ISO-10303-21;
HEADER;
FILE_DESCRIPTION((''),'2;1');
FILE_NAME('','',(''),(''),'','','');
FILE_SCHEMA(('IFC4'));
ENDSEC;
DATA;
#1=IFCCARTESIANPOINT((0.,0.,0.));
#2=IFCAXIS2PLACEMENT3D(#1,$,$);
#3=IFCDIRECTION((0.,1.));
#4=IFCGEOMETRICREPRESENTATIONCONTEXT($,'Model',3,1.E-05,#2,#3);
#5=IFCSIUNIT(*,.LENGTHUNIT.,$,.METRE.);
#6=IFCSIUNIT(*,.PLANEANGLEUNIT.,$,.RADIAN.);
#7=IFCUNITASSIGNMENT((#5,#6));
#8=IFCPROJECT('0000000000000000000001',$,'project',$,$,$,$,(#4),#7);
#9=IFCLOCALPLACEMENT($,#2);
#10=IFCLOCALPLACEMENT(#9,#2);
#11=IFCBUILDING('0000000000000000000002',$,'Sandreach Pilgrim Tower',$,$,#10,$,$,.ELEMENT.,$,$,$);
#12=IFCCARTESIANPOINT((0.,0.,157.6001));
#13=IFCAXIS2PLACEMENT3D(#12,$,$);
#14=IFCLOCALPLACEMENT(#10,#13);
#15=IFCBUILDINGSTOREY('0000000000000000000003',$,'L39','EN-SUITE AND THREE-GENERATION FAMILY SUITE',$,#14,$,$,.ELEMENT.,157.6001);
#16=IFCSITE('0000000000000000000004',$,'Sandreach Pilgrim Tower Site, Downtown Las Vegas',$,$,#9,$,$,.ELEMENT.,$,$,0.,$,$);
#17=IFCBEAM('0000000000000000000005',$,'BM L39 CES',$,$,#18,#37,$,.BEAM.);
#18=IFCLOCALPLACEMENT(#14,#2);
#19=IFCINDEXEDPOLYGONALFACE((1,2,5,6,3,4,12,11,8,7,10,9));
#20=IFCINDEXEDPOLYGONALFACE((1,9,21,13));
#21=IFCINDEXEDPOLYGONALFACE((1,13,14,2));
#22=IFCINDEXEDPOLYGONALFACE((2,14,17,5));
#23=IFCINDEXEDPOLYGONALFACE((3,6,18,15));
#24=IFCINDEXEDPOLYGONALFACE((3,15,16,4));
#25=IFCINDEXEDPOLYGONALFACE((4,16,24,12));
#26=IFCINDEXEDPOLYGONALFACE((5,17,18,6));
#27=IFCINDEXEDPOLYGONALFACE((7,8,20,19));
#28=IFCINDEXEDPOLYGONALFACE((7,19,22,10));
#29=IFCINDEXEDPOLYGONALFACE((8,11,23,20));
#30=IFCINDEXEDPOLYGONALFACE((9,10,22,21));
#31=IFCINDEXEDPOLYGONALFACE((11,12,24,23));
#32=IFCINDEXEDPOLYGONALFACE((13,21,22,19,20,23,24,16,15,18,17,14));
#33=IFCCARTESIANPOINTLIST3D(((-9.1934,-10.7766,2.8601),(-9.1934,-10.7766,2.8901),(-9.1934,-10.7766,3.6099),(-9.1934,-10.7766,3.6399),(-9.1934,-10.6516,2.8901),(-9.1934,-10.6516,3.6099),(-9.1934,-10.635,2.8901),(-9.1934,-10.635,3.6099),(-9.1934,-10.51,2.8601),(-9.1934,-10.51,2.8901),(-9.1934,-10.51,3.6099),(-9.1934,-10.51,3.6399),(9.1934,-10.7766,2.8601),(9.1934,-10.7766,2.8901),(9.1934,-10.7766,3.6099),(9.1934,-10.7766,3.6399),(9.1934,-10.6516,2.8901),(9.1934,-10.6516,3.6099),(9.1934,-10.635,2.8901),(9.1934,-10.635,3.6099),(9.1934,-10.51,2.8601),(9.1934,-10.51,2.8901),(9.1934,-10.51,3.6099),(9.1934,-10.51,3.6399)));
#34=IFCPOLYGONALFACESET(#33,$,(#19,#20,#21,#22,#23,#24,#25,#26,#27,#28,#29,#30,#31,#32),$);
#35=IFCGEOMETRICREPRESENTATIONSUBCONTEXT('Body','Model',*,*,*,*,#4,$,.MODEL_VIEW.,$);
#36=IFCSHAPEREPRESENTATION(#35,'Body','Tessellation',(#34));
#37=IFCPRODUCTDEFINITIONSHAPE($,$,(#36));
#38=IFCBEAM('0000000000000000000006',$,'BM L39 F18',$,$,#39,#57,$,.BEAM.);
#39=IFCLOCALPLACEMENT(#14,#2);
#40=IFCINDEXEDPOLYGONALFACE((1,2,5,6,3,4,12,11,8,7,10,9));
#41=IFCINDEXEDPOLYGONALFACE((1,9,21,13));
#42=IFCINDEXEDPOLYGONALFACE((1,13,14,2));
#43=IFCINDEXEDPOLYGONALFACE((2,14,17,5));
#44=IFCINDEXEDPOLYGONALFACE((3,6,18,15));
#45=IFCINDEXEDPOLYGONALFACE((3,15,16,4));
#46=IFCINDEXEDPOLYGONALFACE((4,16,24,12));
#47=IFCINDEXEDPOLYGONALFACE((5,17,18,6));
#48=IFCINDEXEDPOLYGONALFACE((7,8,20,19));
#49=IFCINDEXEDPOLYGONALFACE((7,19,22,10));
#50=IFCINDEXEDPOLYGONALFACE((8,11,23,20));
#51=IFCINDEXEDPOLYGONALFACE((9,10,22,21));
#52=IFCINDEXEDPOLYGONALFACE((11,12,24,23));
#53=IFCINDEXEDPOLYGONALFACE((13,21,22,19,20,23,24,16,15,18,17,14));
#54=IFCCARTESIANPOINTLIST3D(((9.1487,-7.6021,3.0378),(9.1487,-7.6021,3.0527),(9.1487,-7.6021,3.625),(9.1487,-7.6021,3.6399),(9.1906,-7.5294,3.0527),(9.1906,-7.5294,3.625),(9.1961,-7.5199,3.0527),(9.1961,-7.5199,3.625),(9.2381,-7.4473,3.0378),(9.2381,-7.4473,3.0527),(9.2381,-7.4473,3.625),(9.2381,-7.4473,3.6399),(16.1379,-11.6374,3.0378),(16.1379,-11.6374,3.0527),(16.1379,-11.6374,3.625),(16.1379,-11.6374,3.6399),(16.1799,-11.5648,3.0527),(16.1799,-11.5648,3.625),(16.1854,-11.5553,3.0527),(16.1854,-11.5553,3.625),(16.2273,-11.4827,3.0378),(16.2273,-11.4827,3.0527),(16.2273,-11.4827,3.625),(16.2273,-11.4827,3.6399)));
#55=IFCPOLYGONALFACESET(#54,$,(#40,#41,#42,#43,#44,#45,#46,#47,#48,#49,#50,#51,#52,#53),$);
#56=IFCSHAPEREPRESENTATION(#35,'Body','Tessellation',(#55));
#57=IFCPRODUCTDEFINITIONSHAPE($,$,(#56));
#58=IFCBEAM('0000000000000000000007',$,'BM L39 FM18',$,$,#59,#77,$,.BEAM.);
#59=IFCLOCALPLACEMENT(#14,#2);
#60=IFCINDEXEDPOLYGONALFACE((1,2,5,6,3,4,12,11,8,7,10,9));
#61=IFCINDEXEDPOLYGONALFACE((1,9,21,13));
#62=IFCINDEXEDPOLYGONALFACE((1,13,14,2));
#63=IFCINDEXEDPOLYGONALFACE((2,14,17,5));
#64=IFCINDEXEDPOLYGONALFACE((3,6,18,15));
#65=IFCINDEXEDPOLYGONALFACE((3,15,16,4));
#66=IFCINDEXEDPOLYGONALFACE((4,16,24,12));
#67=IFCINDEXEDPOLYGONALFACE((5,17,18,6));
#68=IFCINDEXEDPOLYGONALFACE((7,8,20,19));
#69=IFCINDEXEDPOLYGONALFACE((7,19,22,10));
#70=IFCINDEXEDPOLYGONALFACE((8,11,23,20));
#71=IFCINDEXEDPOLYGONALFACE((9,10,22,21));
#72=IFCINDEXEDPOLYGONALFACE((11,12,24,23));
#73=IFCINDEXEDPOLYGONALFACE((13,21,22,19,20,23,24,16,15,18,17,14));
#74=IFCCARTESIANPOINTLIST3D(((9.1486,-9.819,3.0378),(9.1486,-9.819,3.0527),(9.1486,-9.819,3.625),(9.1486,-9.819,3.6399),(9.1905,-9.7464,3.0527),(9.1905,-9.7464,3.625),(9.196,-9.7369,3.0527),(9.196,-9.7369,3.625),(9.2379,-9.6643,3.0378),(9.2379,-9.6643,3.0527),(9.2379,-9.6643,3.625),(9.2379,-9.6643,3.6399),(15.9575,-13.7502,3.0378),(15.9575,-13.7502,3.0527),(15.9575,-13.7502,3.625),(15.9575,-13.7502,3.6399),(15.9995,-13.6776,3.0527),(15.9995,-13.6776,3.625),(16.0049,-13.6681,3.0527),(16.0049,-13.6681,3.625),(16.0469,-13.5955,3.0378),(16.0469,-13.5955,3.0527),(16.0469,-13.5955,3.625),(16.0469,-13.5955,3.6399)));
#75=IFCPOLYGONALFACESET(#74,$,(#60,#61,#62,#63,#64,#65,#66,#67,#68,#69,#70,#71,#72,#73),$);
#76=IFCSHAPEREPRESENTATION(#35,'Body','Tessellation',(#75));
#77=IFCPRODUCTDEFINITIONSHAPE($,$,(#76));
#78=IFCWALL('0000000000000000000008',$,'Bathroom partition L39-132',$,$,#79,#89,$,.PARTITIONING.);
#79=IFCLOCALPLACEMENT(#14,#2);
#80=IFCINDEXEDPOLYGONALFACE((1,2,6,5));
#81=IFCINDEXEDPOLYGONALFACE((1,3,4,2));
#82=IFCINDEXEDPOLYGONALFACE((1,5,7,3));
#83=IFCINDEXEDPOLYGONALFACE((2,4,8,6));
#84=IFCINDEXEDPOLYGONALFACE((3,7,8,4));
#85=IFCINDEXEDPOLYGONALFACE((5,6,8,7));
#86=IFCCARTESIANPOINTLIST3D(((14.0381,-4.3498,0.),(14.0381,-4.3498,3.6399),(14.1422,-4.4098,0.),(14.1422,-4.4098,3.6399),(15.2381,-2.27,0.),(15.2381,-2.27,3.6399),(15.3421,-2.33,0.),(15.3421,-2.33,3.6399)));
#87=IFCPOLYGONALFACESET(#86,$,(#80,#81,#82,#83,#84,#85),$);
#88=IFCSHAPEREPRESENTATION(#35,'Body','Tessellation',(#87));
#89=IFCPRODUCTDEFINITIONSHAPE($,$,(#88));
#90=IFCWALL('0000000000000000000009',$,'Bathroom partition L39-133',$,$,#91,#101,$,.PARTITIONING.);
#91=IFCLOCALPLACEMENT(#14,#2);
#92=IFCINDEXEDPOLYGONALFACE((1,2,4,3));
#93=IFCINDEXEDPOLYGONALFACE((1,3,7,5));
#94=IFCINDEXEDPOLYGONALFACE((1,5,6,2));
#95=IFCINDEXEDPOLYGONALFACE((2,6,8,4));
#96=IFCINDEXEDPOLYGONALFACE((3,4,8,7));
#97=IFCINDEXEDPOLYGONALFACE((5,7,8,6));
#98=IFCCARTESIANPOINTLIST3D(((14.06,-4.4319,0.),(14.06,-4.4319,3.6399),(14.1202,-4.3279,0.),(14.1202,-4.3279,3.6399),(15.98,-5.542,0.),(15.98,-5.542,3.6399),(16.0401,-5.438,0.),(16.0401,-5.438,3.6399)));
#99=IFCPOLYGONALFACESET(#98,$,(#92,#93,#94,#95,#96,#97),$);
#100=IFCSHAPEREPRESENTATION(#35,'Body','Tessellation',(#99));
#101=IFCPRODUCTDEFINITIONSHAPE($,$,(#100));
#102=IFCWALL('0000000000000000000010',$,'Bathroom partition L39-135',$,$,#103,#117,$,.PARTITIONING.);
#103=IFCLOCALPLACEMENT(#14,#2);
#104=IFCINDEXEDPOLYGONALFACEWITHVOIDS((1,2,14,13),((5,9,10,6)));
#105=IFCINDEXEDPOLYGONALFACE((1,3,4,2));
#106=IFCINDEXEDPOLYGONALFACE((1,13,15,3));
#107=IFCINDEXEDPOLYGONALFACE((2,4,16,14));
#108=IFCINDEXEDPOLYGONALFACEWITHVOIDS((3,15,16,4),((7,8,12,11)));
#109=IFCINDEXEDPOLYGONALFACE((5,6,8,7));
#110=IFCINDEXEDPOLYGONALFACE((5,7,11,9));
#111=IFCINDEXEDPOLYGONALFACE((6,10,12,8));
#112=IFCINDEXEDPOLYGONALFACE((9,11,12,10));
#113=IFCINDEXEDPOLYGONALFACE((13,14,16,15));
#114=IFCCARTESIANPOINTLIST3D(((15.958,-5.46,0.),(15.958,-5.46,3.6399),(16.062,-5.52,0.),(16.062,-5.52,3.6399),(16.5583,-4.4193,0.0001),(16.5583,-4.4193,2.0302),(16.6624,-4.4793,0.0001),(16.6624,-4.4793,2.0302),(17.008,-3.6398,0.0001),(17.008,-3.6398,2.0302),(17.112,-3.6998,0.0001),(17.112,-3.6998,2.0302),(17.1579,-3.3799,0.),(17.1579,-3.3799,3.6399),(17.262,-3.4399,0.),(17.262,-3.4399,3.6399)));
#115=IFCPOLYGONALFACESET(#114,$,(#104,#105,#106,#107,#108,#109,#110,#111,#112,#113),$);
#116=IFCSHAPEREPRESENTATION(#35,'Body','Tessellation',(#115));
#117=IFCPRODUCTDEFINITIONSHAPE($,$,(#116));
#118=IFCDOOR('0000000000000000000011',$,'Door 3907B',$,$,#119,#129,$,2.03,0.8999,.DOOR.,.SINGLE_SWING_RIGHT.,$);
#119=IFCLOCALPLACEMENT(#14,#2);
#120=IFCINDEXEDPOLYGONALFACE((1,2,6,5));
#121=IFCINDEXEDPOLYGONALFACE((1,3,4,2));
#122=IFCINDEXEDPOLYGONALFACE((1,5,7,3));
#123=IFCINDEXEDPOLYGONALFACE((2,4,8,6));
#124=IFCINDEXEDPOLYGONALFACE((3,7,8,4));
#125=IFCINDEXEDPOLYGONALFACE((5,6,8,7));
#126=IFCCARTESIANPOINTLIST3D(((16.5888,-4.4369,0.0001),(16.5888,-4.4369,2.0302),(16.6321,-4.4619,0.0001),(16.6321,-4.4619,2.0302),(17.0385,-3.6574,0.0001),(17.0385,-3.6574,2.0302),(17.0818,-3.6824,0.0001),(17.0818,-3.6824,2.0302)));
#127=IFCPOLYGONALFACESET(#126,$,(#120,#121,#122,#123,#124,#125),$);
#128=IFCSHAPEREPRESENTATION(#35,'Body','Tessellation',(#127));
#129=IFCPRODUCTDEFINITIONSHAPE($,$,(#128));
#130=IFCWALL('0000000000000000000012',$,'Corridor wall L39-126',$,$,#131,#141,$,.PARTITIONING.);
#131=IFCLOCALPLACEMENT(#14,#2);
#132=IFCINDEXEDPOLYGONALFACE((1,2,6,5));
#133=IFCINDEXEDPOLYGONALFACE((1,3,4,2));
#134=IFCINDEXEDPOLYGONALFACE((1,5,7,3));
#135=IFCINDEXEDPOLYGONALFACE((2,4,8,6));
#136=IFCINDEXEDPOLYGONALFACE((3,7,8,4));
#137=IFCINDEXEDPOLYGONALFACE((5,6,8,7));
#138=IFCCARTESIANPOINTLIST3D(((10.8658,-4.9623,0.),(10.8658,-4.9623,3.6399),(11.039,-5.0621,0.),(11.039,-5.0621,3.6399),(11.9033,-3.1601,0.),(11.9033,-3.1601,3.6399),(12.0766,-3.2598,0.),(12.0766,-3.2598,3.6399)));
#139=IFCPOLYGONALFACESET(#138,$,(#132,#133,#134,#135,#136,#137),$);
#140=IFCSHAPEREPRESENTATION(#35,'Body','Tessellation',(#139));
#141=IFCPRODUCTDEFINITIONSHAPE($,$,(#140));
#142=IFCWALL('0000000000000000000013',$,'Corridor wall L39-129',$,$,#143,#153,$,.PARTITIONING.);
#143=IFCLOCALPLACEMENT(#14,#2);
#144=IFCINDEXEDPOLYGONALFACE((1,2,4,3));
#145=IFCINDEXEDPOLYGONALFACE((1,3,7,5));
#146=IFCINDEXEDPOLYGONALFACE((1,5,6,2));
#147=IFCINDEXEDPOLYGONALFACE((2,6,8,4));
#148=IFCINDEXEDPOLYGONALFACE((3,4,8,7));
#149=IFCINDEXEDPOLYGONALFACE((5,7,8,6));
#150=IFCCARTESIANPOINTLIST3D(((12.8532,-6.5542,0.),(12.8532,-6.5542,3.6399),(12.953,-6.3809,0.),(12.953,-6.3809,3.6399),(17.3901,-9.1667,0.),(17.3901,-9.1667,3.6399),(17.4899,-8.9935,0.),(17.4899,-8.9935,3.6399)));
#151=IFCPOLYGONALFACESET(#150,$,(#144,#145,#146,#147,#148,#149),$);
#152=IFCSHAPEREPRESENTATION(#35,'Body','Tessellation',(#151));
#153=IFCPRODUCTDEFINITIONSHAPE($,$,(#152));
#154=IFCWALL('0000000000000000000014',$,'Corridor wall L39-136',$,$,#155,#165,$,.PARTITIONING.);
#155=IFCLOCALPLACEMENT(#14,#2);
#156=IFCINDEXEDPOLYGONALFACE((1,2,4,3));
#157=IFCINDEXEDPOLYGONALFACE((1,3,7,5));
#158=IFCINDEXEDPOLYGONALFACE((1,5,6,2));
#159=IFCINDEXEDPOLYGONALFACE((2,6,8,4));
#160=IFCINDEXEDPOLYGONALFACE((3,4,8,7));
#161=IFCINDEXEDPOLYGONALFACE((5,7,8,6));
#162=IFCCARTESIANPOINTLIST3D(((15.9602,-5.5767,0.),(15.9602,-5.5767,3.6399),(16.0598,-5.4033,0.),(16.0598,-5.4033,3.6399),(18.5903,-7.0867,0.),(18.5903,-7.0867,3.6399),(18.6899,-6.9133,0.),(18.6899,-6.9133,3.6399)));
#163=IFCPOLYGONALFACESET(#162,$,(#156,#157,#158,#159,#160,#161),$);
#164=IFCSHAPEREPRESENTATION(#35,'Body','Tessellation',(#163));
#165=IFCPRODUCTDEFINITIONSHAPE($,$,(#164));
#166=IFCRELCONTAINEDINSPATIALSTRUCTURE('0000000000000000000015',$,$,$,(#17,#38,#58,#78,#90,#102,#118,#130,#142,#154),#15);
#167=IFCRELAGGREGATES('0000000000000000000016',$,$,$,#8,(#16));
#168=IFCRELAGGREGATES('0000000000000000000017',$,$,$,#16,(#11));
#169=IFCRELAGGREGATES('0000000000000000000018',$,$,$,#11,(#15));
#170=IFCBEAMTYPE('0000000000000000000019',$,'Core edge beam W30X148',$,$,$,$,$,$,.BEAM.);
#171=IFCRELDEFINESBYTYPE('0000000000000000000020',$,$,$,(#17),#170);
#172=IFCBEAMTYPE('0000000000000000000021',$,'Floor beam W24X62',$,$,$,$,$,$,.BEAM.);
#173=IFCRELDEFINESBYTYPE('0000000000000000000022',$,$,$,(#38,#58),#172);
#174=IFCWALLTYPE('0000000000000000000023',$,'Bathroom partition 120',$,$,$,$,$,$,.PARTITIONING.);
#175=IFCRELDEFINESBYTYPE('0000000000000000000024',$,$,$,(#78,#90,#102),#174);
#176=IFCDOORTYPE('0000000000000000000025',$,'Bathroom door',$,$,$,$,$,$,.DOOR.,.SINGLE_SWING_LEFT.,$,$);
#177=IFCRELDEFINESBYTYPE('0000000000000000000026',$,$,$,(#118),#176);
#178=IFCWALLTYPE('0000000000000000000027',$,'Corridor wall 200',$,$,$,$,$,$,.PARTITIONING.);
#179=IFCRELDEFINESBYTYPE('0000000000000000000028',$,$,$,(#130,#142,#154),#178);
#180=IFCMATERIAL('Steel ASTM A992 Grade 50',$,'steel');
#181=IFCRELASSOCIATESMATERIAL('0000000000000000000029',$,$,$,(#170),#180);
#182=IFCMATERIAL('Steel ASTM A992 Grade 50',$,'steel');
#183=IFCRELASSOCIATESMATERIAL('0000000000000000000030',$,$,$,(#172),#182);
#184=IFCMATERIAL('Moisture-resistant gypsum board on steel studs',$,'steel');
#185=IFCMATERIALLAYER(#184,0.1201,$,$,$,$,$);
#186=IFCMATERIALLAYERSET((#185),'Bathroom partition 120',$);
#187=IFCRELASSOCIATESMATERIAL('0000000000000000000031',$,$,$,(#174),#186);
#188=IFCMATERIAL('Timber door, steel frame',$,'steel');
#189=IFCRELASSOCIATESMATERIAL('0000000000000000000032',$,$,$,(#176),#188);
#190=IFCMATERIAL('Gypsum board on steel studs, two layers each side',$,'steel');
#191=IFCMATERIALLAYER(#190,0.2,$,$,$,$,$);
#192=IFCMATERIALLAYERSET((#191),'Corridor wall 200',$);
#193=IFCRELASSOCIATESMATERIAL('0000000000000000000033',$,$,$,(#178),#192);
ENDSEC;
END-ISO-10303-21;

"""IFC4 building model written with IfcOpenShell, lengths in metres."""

from ifc_helpers import new_model, si_unit, direction, frame, frame_2d, origin, origin_2d, place, context, subcontext, project, spatial, rectangle, i_section, extrude, material, layer, layer_set, material_profile, profile_set, type_object, element, fill, save


model = new_model("IFC4")

# Units and contexts
model_context = context("Model", 3, precision=1e-05, world=origin(), true_north=direction((0.0, 1.0)))
body_context = subcontext(model_context, "Body", "Model", "MODEL_VIEW")
ifc_project = project(units=[si_unit("LENGTHUNIT", "METRE"), si_unit("PLANEANGLEUNIT", "RADIAN")], contexts=[model_context])

# Site, building, storey
site_placement = place(None, origin())
site = spatial("IfcSite", under=ifc_project, at=site_placement, Name="Sandreach Pilgrim Tower Site, Downtown Las Vegas", CompositionType="ELEMENT", RefElevation=0.0)
building_placement = place(site_placement, origin())
building = spatial("IfcBuilding", under=site, at=building_placement, Name="Sandreach Pilgrim Tower", CompositionType="ELEMENT")
storey_placement = place(building_placement, frame((0.0, 0.0, 157.6001)))
storey = spatial("IfcBuildingStorey", under=building, at=storey_placement, Name="L39", Description="EN-SUITE AND THREE-GENERATION FAMILY SUITE", CompositionType="ELEMENT", Elevation=157.6001)

# Beams
ifc_material_1 = material(Name="Steel ASTM A992 Grade 50", Category="steel")
ifc_material_profile_1 = material_profile(ifc_material_1, i_section(OverallWidth=0.2666, OverallDepth=0.7798, WebThickness=0.0166, FlangeThickness=0.03, at=origin_2d()), Name="W30X148")
ifc_profile_set_1 = profile_set([ifc_material_profile_1], Name="Steel ASTM A992 Grade 50")
beam_type_1 = type_object("IfcBeamType", Name="Core edge beam W30X148", PredefinedType="BEAM", material=ifc_profile_set_1)
beam_1_placement = place(storey_placement, frame((9.1934, -10.6433, 3.25), z_axis=(-1.0, 0.0, 0.0), x_axis=(0.0, -1.0, 0.0)))
element("IfcBeam", 1, at=beam_1_placement, inside=storey, type_object=beam_type_1, Name="BM L39 CES", PredefinedType="BEAM", context=body_context, shape_type="SweptSolid", body=[
    extrude(i_section(OverallWidth=0.2666, OverallDepth=0.7798, WebThickness=0.0166, FlangeThickness=0.03, at=origin_2d()), origin(), (0.0, 0.0, 1.0), 18.3867),
])
ifc_material_2 = material(Name="Steel ASTM A992 Grade 50", Category="steel")
ifc_material_profile_2 = material_profile(ifc_material_2, i_section(OverallWidth=0.1787, OverallDepth=0.6021, WebThickness=0.011, FlangeThickness=0.0149, at=origin_2d()), Name="W24X62")
ifc_profile_set_2 = profile_set([ifc_material_profile_2], Name="Steel ASTM A992 Grade 50")
beam_type_2 = type_object("IfcBeamType", Name="Floor beam W24X62", PredefinedType="BEAM", material=ifc_profile_set_2)
beam_2_placement = place(storey_placement, frame((16.1826, -11.5601, 3.3389), z_axis=(-0.866017, 0.500014, 0.0), x_axis=(-0.500014, -0.866017, 0.0)))
element("IfcBeam", 2, at=beam_2_placement, inside=storey, type_object=beam_type_2, Name="BM L39 F18", PredefinedType="BEAM", context=body_context, shape_type="SweptSolid", body=[
    extrude(i_section(OverallWidth=0.1787, OverallDepth=0.6021, WebThickness=0.011, FlangeThickness=0.0149, at=origin_2d()), origin(), (0.0, 0.0, 1.0), 8.0706),
])
beam_3_placement = place(storey_placement, frame((16.0022, -13.6729, 3.3389), z_axis=(-0.866022, 0.500006, 0.0), x_axis=(-0.500006, -0.866022, 0.0)))
element("IfcBeam", 3, at=beam_3_placement, inside=storey, type_object=beam_type_2, Name="BM L39 FM18", PredefinedType="BEAM", context=body_context, shape_type="SweptSolid", body=[
    extrude(i_section(OverallWidth=0.1787, OverallDepth=0.6021, WebThickness=0.011, FlangeThickness=0.0149, at=origin_2d()), origin(), (0.0, 0.0, 1.0), 7.8623),
])

# Walls
ifc_material_3 = material(Name="Moisture-resistant gypsum board on steel studs", Category="steel")
ifc_layer_1 = layer(ifc_material_3, 0.1201)
ifc_layer_set_1 = layer_set([ifc_layer_1], Name="Bathroom partition 120")
wall_type_1 = type_object("IfcWallType", Name="Bathroom partition 120", PredefinedType="PARTITIONING", material=ifc_layer_set_1)
wall_1_placement = place(storey_placement, frame((14.0901, -4.3799, 0.0), z_axis=(0.0, 0.0, 1.0), x_axis=(0.499737, 0.866177, 0.0)))
element("IfcWall", 4, at=wall_1_placement, inside=storey, type_object=wall_type_1, Name="Bathroom partition L39-132", PredefinedType="PARTITIONING", context=body_context, shape_type="SweptSolid", body=[
    extrude(rectangle(XDim=2.4011, YDim=0.1201, at=frame_2d((1.2007, 0.0))), origin(), (0.0, 0.0, 1.0), 3.6399),
])
wall_2_placement = place(storey_placement, frame((14.0901, -4.3799, 0.0), z_axis=(0.0, 0.0, 1.0), x_axis=(0.865705, -0.500555, 0.0)))
element("IfcWall", 5, at=wall_2_placement, inside=storey, type_object=wall_type_1, Name="Bathroom partition L39-133", PredefinedType="PARTITIONING", context=body_context, shape_type="SweptSolid", body=[
    extrude(rectangle(XDim=2.2178, YDim=0.1201, at=frame_2d((1.1089, 0.0))), origin(), (0.0, 0.0, 1.0), 3.6399),
])

# Wall, opening, door
wall_3_placement = place(storey_placement, frame((16.01, -5.49, 0.0), z_axis=(0.0, 0.0, 1.0), x_axis=(0.499693, 0.866203, 0.0)))
wall_3 = element("IfcWall", 6, at=wall_3_placement, inside=storey, type_object=wall_type_1, Name="Bathroom partition L39-135", PredefinedType="PARTITIONING", context=body_context, shape_type="SweptSolid", body=[
    extrude(rectangle(XDim=2.4014, YDim=0.1201, at=frame_2d((1.2007, 0.0))), origin(), (0.0, 0.0, 1.0), 3.6399),
])
opening_1_placement = place(wall_3_placement, frame((1.2014, 0.0, 0.0)))
opening_1 = element("IfcOpeningElement", 7, at=opening_1_placement, cuts=wall_3, PredefinedType="OPENING", context=body_context, shape_type="SweptSolid", body=[
    extrude(rectangle(XDim=0.8999, YDim=2.03, at=frame_2d((0.45, 1.0151))), frame((0.0, 0.0601, 0.0), z_axis=(0.0, -1.0, 0.0), x_axis=(1.0, 0.0, 0.0)), (0.0, 0.0, 1.0), 0.1201),
])
ifc_material_4 = material(Name="Timber door, steel frame", Category="steel")
door_type_1 = type_object("IfcDoorType", Name="Bathroom door", OperationType="SINGLE_SWING_LEFT", PredefinedType="DOOR", material=ifc_material_4)
door_1_placement = place(opening_1_placement, origin())
door_1 = element("IfcDoor", 8, at=door_1_placement, inside=storey, type_object=door_type_1, Name="Door 3907B", OperationType="SINGLE_SWING_RIGHT", OverallHeight=2.03, OverallWidth=0.8999, PredefinedType="DOOR", context=body_context, shape_type="SweptSolid", body=[
    extrude(rectangle(XDim=0.8999, YDim=2.03, at=frame_2d((0.45, 1.0151))), frame((0.0, 0.0249, 0.0), z_axis=(0.0, -1.0, 0.0), x_axis=(1.0, 0.0, 0.0)), (0.0, 0.0, 1.0), 0.05),
])
fill(opening_1, door_1)
ifc_material_5 = material(Name="Gypsum board on steel studs, two layers each side", Category="steel")
ifc_layer_2 = layer(ifc_material_5, 0.2)
ifc_layer_set_2 = layer_set([ifc_layer_2], Name="Corridor wall 200")
wall_type_2 = type_object("IfcWallType", Name="Corridor wall 200", PredefinedType="PARTITIONING", material=ifc_layer_set_2)

# Walls
wall_4_placement = place(storey_placement, frame((11.99, -3.21, 0.0), z_axis=(0.0, 0.0, 1.0), x_axis=(-0.498943, -0.866635, 0.0)))
element("IfcWall", 9, at=wall_4_placement, inside=storey, type_object=wall_type_2, Name="Corridor wall L39-126", PredefinedType="PARTITIONING", context=body_context, shape_type="SweptSolid", body=[
    extrude(rectangle(XDim=2.0796, YDim=0.2, at=frame_2d((1.0398, 0.0))), origin(), (0.0, 0.0, 1.0), 3.6399),
])
wall_5_placement = place(storey_placement, frame((12.9031, -6.4675, 0.0), z_axis=(0.0, 0.0, 1.0), x_axis=(0.866588, -0.499024, 0.0)))
element("IfcWall", 10, at=wall_5_placement, inside=storey, type_object=wall_type_2, Name="Corridor wall L39-129", PredefinedType="PARTITIONING", context=body_context, shape_type="SweptSolid", body=[
    extrude(rectangle(XDim=5.2354, YDim=0.2, at=frame_2d((2.6177, 0.0))), origin(), (0.0, 0.0, 1.0), 3.6399),
])

# Wall
wall_6_placement = place(storey_placement, frame((16.01, -5.49, 0.0), z_axis=(0.0, 0.0, 1.0), x_axis=(0.867236, -0.497898, 0.0)))
element("IfcWall", 11, at=wall_6_placement, inside=storey, type_object=wall_type_2, Name="Corridor wall L39-136", PredefinedType="PARTITIONING", context=body_context, shape_type="SweptSolid", body=[
    extrude(rectangle(XDim=3.0327, YDim=0.2, at=frame_2d((1.5164, 0.0))), origin(), (0.0, 0.0, 1.0), 3.6399),
])

save(model, "model.ifc")
